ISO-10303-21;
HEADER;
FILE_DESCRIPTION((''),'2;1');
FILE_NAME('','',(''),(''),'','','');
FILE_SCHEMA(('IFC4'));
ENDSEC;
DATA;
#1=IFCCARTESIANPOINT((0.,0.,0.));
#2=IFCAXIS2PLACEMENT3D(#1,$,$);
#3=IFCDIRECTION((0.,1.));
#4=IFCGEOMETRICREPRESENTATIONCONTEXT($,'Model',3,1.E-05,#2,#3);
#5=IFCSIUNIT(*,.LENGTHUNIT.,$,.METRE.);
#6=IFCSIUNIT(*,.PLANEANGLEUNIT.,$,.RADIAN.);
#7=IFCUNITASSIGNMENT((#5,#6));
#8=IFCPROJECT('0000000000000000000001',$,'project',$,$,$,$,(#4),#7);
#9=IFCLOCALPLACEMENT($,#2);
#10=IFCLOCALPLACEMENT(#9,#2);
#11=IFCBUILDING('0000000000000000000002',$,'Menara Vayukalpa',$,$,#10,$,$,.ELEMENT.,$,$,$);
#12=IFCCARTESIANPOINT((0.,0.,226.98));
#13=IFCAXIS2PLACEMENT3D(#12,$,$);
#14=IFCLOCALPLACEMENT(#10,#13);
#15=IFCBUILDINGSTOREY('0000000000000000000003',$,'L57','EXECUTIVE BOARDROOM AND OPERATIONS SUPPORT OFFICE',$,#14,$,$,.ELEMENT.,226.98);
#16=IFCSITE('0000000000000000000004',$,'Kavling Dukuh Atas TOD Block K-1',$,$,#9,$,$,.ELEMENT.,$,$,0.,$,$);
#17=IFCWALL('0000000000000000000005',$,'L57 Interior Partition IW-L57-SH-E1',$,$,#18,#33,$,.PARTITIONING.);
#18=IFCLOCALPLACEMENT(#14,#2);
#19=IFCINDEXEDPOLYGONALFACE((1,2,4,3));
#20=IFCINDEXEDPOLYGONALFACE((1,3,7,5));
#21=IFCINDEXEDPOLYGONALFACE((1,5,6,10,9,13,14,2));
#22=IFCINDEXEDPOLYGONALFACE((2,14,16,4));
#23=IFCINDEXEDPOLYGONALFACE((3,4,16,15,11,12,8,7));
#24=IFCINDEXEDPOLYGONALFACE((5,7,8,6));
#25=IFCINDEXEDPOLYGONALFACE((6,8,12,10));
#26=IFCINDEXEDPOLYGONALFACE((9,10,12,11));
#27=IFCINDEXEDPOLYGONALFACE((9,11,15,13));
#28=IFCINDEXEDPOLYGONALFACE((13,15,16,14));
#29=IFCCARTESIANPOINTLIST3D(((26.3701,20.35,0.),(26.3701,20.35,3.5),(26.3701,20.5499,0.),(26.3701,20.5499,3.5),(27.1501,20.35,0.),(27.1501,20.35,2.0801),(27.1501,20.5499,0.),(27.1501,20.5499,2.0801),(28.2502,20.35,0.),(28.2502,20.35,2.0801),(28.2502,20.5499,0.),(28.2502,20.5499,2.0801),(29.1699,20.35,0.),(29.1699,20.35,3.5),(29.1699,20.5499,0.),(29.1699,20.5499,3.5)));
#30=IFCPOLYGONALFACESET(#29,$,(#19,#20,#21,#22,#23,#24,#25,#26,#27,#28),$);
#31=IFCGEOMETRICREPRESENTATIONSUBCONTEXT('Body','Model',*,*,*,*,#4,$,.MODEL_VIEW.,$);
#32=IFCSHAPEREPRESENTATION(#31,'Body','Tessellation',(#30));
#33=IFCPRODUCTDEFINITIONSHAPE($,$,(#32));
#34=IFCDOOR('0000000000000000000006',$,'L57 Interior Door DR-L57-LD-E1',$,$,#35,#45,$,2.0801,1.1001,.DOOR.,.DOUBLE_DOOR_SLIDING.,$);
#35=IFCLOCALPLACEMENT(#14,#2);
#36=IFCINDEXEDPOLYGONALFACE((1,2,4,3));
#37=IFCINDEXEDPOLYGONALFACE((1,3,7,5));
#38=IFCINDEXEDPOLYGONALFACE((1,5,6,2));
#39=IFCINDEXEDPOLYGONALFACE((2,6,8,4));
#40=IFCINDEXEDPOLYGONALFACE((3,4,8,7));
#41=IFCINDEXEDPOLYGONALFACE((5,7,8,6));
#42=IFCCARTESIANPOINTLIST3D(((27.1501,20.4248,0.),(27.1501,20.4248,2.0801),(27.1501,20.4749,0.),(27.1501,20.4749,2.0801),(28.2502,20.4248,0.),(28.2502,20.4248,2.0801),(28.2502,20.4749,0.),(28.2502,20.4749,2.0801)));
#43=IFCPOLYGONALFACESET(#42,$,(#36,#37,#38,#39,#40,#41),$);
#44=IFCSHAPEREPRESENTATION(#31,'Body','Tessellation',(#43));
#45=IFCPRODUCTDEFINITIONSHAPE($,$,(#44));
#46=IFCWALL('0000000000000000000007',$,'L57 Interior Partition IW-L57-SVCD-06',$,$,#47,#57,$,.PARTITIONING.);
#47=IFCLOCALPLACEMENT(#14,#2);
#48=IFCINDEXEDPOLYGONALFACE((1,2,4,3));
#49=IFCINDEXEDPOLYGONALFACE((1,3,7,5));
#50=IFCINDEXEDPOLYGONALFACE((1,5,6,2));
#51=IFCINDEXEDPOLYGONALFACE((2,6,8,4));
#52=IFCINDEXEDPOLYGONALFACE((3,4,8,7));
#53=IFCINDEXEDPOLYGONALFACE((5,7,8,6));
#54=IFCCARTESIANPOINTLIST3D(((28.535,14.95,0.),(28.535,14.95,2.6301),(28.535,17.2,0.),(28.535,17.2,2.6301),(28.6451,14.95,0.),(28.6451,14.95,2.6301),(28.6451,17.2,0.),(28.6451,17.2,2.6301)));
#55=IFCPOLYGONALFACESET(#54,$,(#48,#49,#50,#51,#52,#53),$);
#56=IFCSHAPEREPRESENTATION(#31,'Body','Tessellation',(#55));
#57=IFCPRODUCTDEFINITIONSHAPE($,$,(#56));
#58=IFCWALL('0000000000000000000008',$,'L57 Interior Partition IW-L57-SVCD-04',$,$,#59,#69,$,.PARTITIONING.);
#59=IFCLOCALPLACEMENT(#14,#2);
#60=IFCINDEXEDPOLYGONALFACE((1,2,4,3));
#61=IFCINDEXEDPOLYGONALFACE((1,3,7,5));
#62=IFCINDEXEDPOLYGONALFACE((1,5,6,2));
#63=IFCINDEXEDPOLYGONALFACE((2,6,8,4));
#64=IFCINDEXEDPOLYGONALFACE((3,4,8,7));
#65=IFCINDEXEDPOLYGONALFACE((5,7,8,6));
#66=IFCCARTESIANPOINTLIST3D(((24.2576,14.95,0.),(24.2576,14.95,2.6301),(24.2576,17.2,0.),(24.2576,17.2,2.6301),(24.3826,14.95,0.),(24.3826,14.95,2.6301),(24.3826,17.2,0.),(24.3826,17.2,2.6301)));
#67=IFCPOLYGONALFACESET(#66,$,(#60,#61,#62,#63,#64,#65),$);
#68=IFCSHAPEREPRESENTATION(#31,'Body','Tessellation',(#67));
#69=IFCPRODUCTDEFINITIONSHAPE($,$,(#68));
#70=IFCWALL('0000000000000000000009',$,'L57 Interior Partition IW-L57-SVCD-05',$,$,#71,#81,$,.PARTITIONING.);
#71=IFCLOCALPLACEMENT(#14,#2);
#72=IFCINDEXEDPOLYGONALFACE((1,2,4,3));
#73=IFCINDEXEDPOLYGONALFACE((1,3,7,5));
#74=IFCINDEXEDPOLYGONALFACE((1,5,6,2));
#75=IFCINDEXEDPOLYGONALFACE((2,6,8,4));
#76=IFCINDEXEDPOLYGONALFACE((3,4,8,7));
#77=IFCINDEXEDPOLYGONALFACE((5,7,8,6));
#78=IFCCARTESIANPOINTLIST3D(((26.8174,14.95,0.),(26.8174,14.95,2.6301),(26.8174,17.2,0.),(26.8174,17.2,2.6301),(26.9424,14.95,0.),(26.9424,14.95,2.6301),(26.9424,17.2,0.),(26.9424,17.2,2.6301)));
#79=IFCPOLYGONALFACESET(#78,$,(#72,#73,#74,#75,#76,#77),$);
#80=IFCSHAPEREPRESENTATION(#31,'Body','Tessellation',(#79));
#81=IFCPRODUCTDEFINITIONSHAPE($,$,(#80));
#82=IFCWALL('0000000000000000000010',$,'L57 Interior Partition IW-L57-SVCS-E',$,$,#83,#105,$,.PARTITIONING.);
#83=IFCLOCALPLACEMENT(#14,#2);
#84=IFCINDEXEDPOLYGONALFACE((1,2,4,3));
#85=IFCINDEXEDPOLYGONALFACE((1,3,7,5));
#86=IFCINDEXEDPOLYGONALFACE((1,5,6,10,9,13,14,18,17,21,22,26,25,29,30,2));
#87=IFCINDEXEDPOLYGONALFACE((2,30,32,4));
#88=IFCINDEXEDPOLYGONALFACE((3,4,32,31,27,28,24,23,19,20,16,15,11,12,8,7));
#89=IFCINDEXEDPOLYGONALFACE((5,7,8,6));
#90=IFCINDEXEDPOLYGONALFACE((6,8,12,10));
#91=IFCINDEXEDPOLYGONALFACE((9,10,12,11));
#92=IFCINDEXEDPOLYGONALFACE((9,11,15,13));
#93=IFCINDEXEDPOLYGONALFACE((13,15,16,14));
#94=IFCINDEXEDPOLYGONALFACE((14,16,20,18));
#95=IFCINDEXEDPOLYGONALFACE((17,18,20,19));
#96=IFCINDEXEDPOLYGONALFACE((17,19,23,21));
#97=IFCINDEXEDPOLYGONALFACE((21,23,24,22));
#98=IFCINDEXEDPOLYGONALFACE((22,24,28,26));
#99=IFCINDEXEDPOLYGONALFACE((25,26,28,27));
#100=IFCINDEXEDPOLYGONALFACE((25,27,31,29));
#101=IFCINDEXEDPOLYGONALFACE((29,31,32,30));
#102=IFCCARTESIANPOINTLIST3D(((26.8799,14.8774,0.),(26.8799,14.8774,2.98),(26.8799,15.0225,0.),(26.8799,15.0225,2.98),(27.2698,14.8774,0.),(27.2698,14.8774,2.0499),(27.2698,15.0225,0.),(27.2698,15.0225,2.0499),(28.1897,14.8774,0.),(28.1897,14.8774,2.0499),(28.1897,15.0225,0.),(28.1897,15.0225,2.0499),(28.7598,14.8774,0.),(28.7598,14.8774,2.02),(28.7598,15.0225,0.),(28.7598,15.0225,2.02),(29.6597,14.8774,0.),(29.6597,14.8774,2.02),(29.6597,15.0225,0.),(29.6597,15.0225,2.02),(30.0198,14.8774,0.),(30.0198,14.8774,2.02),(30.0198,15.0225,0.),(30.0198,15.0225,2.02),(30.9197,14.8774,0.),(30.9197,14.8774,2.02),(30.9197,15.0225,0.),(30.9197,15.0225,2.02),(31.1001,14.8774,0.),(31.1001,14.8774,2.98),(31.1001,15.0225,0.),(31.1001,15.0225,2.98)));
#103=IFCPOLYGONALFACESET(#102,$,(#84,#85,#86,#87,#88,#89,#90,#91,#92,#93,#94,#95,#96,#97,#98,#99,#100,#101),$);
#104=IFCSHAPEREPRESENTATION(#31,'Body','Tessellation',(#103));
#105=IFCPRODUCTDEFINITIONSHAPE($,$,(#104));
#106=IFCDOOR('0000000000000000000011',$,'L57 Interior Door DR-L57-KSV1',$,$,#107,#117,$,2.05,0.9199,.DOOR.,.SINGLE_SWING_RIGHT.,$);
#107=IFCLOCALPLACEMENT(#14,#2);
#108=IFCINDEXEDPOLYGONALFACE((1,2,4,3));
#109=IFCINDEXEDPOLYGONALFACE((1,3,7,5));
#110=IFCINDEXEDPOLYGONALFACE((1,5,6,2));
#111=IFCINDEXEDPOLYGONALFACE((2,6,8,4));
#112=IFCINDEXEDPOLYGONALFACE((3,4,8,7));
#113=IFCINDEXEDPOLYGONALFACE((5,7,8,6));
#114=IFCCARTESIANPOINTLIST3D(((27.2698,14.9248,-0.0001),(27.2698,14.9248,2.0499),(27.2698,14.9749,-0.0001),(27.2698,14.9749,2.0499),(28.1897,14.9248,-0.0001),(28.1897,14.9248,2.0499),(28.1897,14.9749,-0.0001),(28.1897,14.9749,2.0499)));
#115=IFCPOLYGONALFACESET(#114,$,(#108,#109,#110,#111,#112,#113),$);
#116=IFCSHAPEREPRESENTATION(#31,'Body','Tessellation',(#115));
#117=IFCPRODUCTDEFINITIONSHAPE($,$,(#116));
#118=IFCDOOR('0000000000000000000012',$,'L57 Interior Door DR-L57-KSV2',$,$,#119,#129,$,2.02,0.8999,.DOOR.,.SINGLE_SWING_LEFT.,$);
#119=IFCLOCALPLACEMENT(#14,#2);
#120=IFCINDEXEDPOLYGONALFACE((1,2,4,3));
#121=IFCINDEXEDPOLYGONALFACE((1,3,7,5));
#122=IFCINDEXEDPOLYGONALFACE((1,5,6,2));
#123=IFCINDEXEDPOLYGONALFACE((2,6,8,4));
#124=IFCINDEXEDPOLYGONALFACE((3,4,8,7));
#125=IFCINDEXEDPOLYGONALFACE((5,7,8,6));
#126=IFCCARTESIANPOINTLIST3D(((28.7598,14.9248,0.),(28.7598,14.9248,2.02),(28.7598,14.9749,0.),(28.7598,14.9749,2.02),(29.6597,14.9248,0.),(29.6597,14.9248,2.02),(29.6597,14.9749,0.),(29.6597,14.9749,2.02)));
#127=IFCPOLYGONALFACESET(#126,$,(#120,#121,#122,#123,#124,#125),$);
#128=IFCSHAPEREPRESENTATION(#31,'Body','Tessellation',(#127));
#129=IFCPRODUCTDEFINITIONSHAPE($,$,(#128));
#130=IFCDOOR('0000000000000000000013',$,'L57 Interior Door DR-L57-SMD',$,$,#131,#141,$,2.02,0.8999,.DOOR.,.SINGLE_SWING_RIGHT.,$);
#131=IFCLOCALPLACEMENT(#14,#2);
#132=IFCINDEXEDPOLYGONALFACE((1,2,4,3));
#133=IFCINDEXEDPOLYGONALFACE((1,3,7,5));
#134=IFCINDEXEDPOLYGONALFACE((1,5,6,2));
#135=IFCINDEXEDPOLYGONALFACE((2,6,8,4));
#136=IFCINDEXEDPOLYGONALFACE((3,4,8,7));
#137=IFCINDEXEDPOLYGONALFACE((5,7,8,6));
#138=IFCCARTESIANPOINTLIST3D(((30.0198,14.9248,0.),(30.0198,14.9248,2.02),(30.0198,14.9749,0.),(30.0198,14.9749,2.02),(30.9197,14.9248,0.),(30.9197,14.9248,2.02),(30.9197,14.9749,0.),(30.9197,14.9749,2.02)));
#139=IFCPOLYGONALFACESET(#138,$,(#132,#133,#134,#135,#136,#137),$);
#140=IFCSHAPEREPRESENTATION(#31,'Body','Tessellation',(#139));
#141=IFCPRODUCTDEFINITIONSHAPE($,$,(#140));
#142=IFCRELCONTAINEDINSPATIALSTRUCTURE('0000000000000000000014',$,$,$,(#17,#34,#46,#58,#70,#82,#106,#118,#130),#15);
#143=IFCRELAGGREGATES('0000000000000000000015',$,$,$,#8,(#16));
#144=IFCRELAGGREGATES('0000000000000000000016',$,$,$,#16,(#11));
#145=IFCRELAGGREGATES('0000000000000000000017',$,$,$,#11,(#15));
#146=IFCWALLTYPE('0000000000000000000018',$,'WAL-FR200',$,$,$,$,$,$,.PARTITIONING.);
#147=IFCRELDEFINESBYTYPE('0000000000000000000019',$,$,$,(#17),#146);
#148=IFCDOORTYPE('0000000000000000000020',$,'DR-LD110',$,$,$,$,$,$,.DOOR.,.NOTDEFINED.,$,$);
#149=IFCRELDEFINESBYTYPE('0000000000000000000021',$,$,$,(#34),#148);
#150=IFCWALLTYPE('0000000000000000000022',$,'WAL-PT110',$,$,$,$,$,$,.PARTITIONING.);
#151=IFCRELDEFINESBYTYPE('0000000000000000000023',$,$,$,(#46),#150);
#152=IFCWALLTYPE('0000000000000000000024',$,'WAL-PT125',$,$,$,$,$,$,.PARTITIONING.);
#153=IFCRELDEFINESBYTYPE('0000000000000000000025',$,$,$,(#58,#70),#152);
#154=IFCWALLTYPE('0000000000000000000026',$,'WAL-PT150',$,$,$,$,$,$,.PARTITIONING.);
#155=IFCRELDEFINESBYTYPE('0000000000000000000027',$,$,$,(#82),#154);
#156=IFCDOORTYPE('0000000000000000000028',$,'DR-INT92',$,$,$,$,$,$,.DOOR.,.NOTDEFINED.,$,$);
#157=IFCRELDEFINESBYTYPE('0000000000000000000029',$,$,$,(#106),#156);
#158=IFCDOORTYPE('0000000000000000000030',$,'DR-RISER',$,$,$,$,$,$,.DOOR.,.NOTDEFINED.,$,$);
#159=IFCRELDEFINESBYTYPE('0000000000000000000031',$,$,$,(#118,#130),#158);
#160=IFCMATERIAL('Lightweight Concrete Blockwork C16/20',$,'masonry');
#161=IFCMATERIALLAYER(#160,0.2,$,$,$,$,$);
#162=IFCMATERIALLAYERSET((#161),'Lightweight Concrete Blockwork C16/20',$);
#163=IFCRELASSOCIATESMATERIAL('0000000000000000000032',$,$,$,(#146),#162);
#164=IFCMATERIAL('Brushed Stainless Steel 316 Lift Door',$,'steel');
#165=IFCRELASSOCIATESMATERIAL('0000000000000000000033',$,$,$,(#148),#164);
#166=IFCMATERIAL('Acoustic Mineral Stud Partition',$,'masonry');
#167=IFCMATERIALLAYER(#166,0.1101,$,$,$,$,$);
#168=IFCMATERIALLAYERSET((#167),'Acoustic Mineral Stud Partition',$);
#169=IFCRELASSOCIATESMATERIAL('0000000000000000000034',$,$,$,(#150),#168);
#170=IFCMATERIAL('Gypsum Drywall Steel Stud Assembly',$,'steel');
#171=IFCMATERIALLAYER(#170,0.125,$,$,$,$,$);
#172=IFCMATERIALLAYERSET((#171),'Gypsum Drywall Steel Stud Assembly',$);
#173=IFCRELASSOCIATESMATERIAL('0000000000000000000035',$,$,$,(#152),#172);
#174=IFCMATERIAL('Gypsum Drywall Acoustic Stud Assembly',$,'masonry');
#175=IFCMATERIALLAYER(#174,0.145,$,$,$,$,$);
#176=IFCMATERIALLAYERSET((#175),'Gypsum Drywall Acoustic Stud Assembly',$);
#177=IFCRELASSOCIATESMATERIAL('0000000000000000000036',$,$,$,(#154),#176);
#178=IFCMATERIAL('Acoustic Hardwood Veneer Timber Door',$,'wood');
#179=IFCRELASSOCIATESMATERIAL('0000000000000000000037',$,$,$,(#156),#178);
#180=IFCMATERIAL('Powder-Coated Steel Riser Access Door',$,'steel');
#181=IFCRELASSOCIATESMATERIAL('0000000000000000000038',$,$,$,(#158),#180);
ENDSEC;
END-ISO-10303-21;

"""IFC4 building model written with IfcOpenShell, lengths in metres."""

from ifc_helpers import new_model, si_unit, direction, frame, frame_2d, origin, place, context, subcontext, project, spatial, rectangle, extrude, material, layer, layer_set, type_object, element, fill, save


model = new_model("IFC4")

# Units and contexts
model_context = context("Model", 3, precision=1e-05, world=origin(), true_north=direction((0.0, 1.0)))
body_context = subcontext(model_context, "Body", "Model", "MODEL_VIEW")
ifc_project = project(units=[si_unit("LENGTHUNIT", "METRE"), si_unit("PLANEANGLEUNIT", "RADIAN")], contexts=[model_context])

# Site, building, storey
site_placement = place(None, origin())
site = spatial("IfcSite", under=ifc_project, at=site_placement, Name="Kavling Dukuh Atas TOD Block K-1", CompositionType="ELEMENT", RefElevation=0.0)
building_placement = place(site_placement, origin())
building = spatial("IfcBuilding", under=site, at=building_placement, Name="Menara Vayukalpa", CompositionType="ELEMENT")
storey_placement = place(building_placement, frame((0.0, 0.0, 226.98)))
storey = spatial("IfcBuildingStorey", under=building, at=storey_placement, Name="L57", Description="EXECUTIVE BOARDROOM AND OPERATIONS SUPPORT OFFICE", CompositionType="ELEMENT", Elevation=226.98)

# Wall, opening, door
ifc_material_1 = material(Name="Lightweight Concrete Blockwork C16/20", Category="masonry")
ifc_layer_1 = layer(ifc_material_1, 0.2)
ifc_layer_set_1 = layer_set([ifc_layer_1], Name="Lightweight Concrete Blockwork C16/20")
wall_type_1 = type_object("IfcWallType", Name="WAL-FR200", PredefinedType="PARTITIONING", material=ifc_layer_set_1)
wall_1_placement = place(storey_placement, frame((26.3701, 20.45, 0.0), z_axis=(0.0, 0.0, 1.0), x_axis=(1.0, 0.0, 0.0)))
wall_1 = element("IfcWall", 1, at=wall_1_placement, inside=storey, type_object=wall_type_1, Name="L57 Interior Partition IW-L57-SH-E1", PredefinedType="PARTITIONING", context=body_context, shape_type="SweptSolid", body=[
    extrude(rectangle(XDim=2.7998, YDim=0.2, at=frame_2d((1.3999, 0.0))), origin(), (0.0, 0.0, 1.0), 3.5),
])
opening_1_placement = place(wall_1_placement, frame((0.78, 0.0, 0.0)))
opening_1 = element("IfcOpeningElement", 2, at=opening_1_placement, cuts=wall_1, PredefinedType="OPENING", context=body_context, shape_type="SweptSolid", body=[
    extrude(rectangle(XDim=1.1001, YDim=2.0801, at=frame_2d((0.55, 1.04))), frame((0.0, 0.1099, 0.0), z_axis=(0.0, -1.0, 0.0), x_axis=(1.0, 0.0, 0.0)), (0.0, 0.0, 1.0), 0.22),
])
ifc_material_2 = material(Name="Brushed Stainless Steel 316 Lift Door", Category="steel")
door_type_1 = type_object("IfcDoorType", Name="DR-LD110", OperationType="NOTDEFINED", PredefinedType="DOOR", material=ifc_material_2)
door_1_placement = place(opening_1_placement, origin())
door_1 = element("IfcDoor", 3, at=door_1_placement, inside=storey, type_object=door_type_1, Name="L57 Interior Door DR-L57-LD-E1", OperationType="DOUBLE_DOOR_SLIDING", OverallHeight=2.0801, OverallWidth=1.1001, PredefinedType="DOOR", context=body_context, shape_type="SweptSolid", body=[
    extrude(rectangle(XDim=1.1001, YDim=2.0801, at=frame_2d((0.55, 1.04))), frame((0.0, 0.0249, 0.0), z_axis=(0.0, -1.0, 0.0), x_axis=(1.0, 0.0, 0.0)), (0.0, 0.0, 1.0), 0.05),
])
fill(opening_1, door_1)

# Walls
ifc_material_3 = material(Name="Acoustic Mineral Stud Partition", Category="masonry")
ifc_layer_2 = layer(ifc_material_3, 0.1101)
ifc_layer_set_2 = layer_set([ifc_layer_2], Name="Acoustic Mineral Stud Partition")
wall_type_2 = type_object("IfcWallType", Name="WAL-PT110", PredefinedType="PARTITIONING", material=ifc_layer_set_2)
wall_2_placement = place(storey_placement, frame((28.5901, 14.95, 0.0), z_axis=(0.0, 0.0, 1.0), x_axis=(0.0, 1.0, 0.0)))
element("IfcWall", 4, at=wall_2_placement, inside=storey, type_object=wall_type_2, Name="L57 Interior Partition IW-L57-SVCD-06", PredefinedType="PARTITIONING", context=body_context, shape_type="SweptSolid", body=[
    extrude(rectangle(XDim=2.25, YDim=0.1101, at=frame_2d((1.125, 0.0))), origin(), (0.0, 0.0, 1.0), 2.6301),
])
ifc_material_4 = material(Name="Gypsum Drywall Steel Stud Assembly", Category="steel")
ifc_layer_3 = layer(ifc_material_4, 0.125)
ifc_layer_set_3 = layer_set([ifc_layer_3], Name="Gypsum Drywall Steel Stud Assembly")
wall_type_3 = type_object("IfcWallType", Name="WAL-PT125", PredefinedType="PARTITIONING", material=ifc_layer_set_3)
for number, where, z_axis, x_axis, name in (
    (5, (24.3201, 14.95, 0.0), (0.0, 0.0, 1.0), (0.0, 1.0, 0.0), "L57 Interior Partition IW-L57-SVCD-04"),
    (6, (26.8799, 14.95, 0.0), (0.0, 0.0, 1.0), (0.0, 1.0, 0.0), "L57 Interior Partition IW-L57-SVCD-05"),
):
    element("IfcWall", number, at=place(storey_placement, frame(where, z_axis=z_axis, x_axis=x_axis)), inside=storey, type_object=wall_type_3, Name=name, PredefinedType="PARTITIONING", context=body_context, shape_type="SweptSolid", body=[
        extrude(rectangle(XDim=2.25, YDim=0.125, at=frame_2d((1.125, 0.0))), origin(), (0.0, 0.0, 1.0), 2.6301),
    ])

# Wall, openings, doors
ifc_material_5 = material(Name="Gypsum Drywall Acoustic Stud Assembly", Category="masonry")
ifc_layer_4 = layer(ifc_material_5, 0.145)
ifc_layer_set_4 = layer_set([ifc_layer_4], Name="Gypsum Drywall Acoustic Stud Assembly")
wall_type_4 = type_object("IfcWallType", Name="WAL-PT150", PredefinedType="PARTITIONING", material=ifc_layer_set_4)
wall_3_placement = place(storey_placement, frame((26.8799, 14.95, 0.0), z_axis=(0.0, 0.0, 1.0), x_axis=(1.0, 0.0, 0.0)))
wall_3 = element("IfcWall", 7, at=wall_3_placement, inside=storey, type_object=wall_type_4, Name="L57 Interior Partition IW-L57-SVCS-E", PredefinedType="PARTITIONING", context=body_context, shape_type="SweptSolid", body=[
    extrude(rectangle(XDim=4.2202, YDim=0.145, at=frame_2d((2.1101, 0.0))), origin(), (0.0, 0.0, 1.0), 2.98),
])
opening_2_placement = place(wall_3_placement, frame((0.3899, 0.0, 0.0)))
opening_2 = element("IfcOpeningElement", 8, at=opening_2_placement, cuts=wall_3, PredefinedType="OPENING", context=body_context, shape_type="SweptSolid", body=[
    extrude(rectangle(XDim=0.9199, YDim=2.05, at=frame_2d((0.46, 1.0249))), frame((0.0, 0.0825, 0.0), z_axis=(0.0, -1.0, 0.0), x_axis=(1.0, 0.0, 0.0)), (0.0, 0.0, 1.0), 0.165),
])
opening_3_placement = place(wall_3_placement, frame((1.8799, 0.0, 0.0)))
opening_3 = element("IfcOpeningElement", 9, at=opening_3_placement, cuts=wall_3, PredefinedType="OPENING", context=body_context, shape_type="SweptSolid", body=[
    extrude(rectangle(XDim=0.8999, YDim=2.02, at=frame_2d((0.45, 1.01))), frame((0.0, 0.0825, 0.0), z_axis=(0.0, -1.0, 0.0), x_axis=(1.0, 0.0, 0.0)), (0.0, 0.0, 1.0), 0.165),
])
opening_4_placement = place(wall_3_placement, frame((3.1399, 0.0, 0.0)))
opening_4 = element("IfcOpeningElement", 10, at=opening_4_placement, cuts=wall_3, PredefinedType="OPENING", context=body_context, shape_type="SweptSolid", body=[
    extrude(rectangle(XDim=0.8999, YDim=2.02, at=frame_2d((0.45, 1.01))), frame((0.0, 0.0825, 0.0), z_axis=(0.0, -1.0, 0.0), x_axis=(1.0, 0.0, 0.0)), (0.0, 0.0, 1.0), 0.165),
])
ifc_material_6 = material(Name="Acoustic Hardwood Veneer Timber Door", Category="wood")
door_type_2 = type_object("IfcDoorType", Name="DR-INT92", OperationType="NOTDEFINED", PredefinedType="DOOR", material=ifc_material_6)
door_2_placement = place(opening_2_placement, origin())
door_2 = element("IfcDoor", 11, at=door_2_placement, inside=storey, type_object=door_type_2, Name="L57 Interior Door DR-L57-KSV1", OperationType="SINGLE_SWING_RIGHT", OverallHeight=2.05, OverallWidth=0.9199, PredefinedType="DOOR", context=body_context, shape_type="SweptSolid", body=[
    extrude(rectangle(XDim=0.9199, YDim=2.05, at=frame_2d((0.46, 1.0249))), frame((0.0, 0.0249, 0.0), z_axis=(0.0, -1.0, 0.0), x_axis=(1.0, 0.0, 0.0)), (0.0, 0.0, 1.0), 0.05),
])
fill(opening_2, door_2)
ifc_material_7 = material(Name="Powder-Coated Steel Riser Access Door", Category="steel")
door_type_3 = type_object("IfcDoorType", Name="DR-RISER", OperationType="NOTDEFINED", PredefinedType="DOOR", material=ifc_material_7)
door_3_placement = place(opening_3_placement, origin())
door_3 = element("IfcDoor", 12, at=door_3_placement, inside=storey, type_object=door_type_3, Name="L57 Interior Door DR-L57-KSV2", OperationType="SINGLE_SWING_LEFT", OverallHeight=2.02, OverallWidth=0.8999, PredefinedType="DOOR", context=body_context, shape_type="SweptSolid", body=[
    extrude(rectangle(XDim=0.8999, YDim=2.02, at=frame_2d((0.45, 1.01))), frame((0.0, 0.0249, 0.0), z_axis=(0.0, -1.0, 0.0), x_axis=(1.0, 0.0, 0.0)), (0.0, 0.0, 1.0), 0.05),
])
fill(opening_3, door_3)
door_4_placement = place(opening_4_placement, origin())
door_4 = element("IfcDoor", 13, at=door_4_placement, inside=storey, type_object=door_type_3, Name="L57 Interior Door DR-L57-SMD", OperationType="SINGLE_SWING_RIGHT", OverallHeight=2.02, OverallWidth=0.8999, PredefinedType="DOOR", context=body_context, shape_type="SweptSolid", body=[
    extrude(rectangle(XDim=0.8999, YDim=2.02, at=frame_2d((0.45, 1.01))), frame((0.0, 0.0249, 0.0), z_axis=(0.0, -1.0, 0.0), x_axis=(1.0, 0.0, 0.0)), (0.0, 0.0, 1.0), 0.05),
])
fill(opening_4, door_4)

save(model, "model.ifc")
